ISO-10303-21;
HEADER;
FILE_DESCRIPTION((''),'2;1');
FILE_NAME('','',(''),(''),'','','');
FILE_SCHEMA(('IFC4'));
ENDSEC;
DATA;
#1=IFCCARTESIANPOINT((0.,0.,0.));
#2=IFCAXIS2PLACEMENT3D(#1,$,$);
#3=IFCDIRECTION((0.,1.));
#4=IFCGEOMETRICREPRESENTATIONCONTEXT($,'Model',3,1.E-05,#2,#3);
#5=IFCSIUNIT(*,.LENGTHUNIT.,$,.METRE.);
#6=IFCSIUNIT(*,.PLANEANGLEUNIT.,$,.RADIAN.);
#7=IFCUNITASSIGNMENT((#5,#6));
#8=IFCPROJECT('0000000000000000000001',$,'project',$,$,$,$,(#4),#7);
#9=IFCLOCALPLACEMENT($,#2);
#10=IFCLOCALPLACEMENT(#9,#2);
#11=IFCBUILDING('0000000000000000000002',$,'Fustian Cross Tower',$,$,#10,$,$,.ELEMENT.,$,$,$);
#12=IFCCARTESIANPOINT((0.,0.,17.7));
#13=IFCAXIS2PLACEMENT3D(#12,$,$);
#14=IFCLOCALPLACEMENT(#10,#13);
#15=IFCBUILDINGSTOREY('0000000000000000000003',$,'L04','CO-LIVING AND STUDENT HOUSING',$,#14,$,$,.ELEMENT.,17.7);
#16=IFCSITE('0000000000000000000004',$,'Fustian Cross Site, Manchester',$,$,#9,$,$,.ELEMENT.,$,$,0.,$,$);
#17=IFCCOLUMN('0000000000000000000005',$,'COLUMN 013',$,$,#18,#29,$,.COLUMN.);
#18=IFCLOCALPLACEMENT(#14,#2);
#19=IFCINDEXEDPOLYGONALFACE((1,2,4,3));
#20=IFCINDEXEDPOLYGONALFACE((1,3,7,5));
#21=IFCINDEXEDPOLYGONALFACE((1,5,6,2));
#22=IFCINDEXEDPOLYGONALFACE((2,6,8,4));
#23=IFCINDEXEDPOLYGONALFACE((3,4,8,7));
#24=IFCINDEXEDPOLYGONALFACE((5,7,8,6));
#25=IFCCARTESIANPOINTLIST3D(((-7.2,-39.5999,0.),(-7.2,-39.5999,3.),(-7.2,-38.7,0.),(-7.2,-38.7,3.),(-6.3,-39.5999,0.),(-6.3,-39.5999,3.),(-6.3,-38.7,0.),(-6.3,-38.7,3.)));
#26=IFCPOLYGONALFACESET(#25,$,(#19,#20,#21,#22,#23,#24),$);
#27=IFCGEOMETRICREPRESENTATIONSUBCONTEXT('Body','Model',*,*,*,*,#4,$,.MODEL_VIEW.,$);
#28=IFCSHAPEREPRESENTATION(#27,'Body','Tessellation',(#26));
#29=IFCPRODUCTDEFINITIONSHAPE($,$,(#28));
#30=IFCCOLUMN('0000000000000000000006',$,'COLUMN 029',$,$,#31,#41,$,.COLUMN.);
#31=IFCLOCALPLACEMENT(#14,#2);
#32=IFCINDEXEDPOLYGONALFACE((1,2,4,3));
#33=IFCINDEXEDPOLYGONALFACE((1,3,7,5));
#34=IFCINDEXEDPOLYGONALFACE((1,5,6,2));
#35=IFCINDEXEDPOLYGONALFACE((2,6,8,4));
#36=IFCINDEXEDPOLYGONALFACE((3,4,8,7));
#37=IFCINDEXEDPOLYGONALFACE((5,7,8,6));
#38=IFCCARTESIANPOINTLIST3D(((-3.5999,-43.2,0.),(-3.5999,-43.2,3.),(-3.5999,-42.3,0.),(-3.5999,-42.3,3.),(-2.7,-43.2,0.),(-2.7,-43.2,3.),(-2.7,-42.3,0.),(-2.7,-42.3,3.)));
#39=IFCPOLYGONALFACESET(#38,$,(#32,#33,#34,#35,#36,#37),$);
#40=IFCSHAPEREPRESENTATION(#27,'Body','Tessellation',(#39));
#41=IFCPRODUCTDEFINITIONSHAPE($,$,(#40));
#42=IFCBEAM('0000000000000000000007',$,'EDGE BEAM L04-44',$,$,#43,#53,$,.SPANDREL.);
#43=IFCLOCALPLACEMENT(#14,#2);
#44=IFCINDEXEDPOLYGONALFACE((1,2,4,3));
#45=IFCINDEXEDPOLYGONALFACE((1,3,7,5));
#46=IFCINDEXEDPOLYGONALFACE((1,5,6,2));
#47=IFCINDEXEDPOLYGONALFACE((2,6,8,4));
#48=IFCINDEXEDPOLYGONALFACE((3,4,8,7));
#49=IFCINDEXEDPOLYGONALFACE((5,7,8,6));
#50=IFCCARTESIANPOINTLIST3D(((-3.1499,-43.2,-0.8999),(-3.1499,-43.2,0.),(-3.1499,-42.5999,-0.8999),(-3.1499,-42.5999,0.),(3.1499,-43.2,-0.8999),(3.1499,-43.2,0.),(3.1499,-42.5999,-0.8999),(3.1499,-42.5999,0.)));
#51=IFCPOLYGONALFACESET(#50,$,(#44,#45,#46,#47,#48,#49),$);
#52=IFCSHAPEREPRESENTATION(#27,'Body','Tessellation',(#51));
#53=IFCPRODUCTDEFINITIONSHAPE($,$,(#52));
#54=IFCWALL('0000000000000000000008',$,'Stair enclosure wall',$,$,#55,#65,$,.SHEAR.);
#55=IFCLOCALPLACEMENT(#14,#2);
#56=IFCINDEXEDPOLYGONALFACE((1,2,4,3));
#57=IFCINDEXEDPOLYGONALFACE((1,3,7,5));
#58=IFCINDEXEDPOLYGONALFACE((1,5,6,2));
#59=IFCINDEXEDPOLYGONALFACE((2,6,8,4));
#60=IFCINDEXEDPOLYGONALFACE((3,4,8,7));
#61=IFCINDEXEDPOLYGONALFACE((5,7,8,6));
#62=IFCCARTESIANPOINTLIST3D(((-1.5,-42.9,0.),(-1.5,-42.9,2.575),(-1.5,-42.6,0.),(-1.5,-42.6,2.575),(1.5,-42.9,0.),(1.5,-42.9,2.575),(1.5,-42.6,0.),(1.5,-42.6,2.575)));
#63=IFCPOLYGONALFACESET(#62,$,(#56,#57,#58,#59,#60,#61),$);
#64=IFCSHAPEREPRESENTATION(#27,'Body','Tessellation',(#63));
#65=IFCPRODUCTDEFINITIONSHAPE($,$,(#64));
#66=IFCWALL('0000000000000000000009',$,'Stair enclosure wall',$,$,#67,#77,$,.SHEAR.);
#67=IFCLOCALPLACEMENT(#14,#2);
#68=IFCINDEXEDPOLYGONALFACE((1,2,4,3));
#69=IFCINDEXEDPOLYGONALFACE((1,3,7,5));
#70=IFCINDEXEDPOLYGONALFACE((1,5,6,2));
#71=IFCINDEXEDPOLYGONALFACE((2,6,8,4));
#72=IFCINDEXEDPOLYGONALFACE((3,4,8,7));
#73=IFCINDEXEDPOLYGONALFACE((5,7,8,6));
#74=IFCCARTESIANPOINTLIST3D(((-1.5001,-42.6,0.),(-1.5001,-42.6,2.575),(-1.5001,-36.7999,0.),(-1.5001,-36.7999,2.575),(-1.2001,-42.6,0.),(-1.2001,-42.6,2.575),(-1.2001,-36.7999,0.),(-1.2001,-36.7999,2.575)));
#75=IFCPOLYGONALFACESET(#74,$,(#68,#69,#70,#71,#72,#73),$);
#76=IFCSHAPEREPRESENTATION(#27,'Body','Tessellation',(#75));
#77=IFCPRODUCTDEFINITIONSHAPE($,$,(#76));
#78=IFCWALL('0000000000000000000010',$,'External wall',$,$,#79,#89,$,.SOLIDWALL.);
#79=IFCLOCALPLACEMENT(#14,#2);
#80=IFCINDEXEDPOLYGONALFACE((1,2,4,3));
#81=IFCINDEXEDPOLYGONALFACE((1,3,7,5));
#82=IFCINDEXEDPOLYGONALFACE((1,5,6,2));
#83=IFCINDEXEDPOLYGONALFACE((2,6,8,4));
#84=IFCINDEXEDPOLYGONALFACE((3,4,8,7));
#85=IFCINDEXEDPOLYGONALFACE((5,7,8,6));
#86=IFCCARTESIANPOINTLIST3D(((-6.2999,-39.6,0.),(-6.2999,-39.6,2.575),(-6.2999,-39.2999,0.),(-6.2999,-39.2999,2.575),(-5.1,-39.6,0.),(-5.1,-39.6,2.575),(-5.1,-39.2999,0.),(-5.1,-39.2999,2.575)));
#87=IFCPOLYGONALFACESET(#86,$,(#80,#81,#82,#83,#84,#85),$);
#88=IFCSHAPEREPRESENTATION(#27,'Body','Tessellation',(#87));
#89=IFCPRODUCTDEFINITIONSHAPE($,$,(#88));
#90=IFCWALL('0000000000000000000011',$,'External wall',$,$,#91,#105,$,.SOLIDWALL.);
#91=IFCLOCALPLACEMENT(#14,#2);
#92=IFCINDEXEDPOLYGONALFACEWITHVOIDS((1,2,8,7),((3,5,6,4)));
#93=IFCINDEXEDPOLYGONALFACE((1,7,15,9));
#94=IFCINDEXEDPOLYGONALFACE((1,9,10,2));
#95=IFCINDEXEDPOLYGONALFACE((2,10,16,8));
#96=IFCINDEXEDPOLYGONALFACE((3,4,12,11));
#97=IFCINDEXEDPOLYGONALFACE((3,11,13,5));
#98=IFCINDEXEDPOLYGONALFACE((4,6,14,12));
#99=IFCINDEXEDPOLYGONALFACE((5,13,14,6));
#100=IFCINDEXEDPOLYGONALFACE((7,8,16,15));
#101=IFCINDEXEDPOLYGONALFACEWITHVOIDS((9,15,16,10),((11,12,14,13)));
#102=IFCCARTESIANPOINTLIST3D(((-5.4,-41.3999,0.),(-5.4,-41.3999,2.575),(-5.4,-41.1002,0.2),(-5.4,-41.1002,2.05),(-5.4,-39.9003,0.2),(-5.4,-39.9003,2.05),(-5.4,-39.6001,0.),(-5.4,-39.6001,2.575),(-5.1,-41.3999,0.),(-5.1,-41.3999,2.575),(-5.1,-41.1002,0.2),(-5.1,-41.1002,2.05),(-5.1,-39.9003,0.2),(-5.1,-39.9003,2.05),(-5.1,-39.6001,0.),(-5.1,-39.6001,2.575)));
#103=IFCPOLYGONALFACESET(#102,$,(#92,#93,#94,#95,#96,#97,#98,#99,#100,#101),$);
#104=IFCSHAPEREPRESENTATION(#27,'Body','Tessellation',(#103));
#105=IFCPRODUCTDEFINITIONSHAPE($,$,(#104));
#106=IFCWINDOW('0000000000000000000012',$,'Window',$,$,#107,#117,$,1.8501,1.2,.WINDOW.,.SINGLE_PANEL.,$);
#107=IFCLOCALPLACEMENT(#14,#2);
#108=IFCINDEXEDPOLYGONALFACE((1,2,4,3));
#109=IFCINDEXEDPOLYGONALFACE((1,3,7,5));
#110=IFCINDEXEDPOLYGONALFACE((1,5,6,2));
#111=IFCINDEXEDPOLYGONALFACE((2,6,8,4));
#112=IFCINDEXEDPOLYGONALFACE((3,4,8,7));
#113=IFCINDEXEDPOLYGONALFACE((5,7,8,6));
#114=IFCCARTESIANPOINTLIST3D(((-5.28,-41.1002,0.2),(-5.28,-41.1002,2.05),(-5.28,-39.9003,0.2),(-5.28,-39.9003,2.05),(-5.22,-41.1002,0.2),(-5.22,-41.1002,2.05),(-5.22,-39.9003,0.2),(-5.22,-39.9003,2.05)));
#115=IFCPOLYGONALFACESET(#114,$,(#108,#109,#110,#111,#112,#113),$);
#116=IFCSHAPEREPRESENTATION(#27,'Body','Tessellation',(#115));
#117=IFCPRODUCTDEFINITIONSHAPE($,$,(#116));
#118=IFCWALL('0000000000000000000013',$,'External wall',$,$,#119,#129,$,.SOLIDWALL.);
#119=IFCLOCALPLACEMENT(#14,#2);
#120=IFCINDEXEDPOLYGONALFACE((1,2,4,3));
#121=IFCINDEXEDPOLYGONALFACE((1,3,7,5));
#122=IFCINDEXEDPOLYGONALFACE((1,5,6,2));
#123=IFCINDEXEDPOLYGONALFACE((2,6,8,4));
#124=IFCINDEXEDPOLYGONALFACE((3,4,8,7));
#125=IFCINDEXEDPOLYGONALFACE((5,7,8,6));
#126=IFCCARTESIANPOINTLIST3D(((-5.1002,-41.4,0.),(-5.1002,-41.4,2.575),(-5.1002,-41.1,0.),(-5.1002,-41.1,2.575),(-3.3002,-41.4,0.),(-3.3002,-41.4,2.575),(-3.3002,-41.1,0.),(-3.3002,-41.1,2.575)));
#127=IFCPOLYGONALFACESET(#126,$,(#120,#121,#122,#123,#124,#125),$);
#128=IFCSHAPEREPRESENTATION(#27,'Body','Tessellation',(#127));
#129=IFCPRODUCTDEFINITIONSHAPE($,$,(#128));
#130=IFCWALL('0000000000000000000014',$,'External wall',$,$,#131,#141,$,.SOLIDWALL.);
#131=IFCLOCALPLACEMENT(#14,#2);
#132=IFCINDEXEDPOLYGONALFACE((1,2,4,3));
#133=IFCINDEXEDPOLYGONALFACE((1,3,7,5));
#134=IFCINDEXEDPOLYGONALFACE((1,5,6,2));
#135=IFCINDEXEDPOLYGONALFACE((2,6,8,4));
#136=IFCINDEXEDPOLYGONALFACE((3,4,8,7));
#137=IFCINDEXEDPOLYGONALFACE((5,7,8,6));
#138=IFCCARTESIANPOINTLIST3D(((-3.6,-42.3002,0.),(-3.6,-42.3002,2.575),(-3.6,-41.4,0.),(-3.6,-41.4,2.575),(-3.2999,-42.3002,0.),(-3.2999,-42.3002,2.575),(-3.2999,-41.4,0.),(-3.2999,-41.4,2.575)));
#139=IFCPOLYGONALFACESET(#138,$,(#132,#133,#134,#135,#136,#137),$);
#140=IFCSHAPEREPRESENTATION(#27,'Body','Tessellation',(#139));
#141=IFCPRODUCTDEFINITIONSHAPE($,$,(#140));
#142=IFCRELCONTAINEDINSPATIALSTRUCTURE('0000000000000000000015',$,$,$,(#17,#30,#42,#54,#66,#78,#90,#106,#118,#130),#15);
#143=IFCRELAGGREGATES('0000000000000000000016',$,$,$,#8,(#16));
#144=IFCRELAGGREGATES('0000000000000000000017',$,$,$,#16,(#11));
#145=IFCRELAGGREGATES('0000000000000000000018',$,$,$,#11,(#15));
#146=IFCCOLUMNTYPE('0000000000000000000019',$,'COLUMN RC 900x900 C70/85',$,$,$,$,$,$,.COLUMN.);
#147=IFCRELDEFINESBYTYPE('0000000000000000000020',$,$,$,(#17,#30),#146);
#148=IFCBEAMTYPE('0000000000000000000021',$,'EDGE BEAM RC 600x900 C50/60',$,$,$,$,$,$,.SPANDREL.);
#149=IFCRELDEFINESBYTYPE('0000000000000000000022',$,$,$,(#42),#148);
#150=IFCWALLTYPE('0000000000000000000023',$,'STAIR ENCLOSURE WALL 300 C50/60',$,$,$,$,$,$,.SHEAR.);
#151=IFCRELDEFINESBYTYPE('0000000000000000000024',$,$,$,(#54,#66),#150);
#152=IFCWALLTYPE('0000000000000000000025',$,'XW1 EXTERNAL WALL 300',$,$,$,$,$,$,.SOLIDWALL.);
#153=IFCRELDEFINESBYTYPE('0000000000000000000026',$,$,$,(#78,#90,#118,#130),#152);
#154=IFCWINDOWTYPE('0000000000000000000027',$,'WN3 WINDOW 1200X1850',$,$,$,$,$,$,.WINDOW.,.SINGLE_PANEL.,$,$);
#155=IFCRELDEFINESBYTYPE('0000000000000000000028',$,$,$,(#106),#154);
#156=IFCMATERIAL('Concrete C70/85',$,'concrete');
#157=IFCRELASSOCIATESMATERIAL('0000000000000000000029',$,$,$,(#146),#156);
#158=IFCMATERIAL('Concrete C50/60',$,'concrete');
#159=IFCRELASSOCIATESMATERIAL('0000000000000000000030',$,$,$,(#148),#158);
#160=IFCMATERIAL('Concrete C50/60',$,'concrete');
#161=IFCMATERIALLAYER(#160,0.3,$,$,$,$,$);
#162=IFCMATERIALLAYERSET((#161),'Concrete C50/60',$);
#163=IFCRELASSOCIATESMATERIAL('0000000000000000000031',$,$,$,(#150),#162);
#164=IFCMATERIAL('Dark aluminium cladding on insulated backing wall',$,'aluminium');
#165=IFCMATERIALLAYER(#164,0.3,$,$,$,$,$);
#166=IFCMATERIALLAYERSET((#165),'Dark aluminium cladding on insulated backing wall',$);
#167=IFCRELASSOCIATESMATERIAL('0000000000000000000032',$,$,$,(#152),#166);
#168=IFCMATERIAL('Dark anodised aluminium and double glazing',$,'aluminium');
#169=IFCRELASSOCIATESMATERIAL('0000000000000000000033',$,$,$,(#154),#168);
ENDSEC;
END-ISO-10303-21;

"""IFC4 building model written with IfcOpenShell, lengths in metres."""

from ifc_helpers import new_model, si_unit, direction, frame, frame_2d, origin, origin_2d, place, context, subcontext, project, spatial, rectangle, extrude, material, layer, layer_set, material_profile, profile_set, type_object, element, fill, save


model = new_model("IFC4")

# Units and contexts
model_context = context("Model", 3, precision=1e-05, world=origin(), true_north=direction((0.0, 1.0)))
body_context = subcontext(model_context, "Body", "Model", "MODEL_VIEW")
ifc_project = project(units=[si_unit("LENGTHUNIT", "METRE"), si_unit("PLANEANGLEUNIT", "RADIAN")], contexts=[model_context])

# Site, building, storey
site_placement = place(None, origin())
site = spatial("IfcSite", under=ifc_project, at=site_placement, Name="Fustian Cross Site, Manchester", CompositionType="ELEMENT", RefElevation=0.0)
building_placement = place(site_placement, origin())
building = spatial("IfcBuilding", under=site, at=building_placement, Name="Fustian Cross Tower", CompositionType="ELEMENT")
storey_placement = place(building_placement, frame((0.0, 0.0, 17.7)))
storey = spatial("IfcBuildingStorey", under=building, at=storey_placement, Name="L04", Description="CO-LIVING AND STUDENT HOUSING", CompositionType="ELEMENT", Elevation=17.7)

# Columns
ifc_material_1 = material(Name="Concrete C70/85", Category="concrete")
ifc_material_profile_1 = material_profile(ifc_material_1, rectangle(XDim=0.8999, YDim=0.8999, at=origin_2d()), Name="RC 900x900")
ifc_profile_set_1 = profile_set([ifc_material_profile_1], Name="Concrete C70/85")
column_type = type_object("IfcColumnType", Name="COLUMN RC 900x900 C70/85", PredefinedType="COLUMN", material=ifc_profile_set_1)
for number, where, z_axis, x_axis, name in (
    (1, (-6.75, -39.1499, 0.0), (0.0, 0.0, 1.0), (1.0, 0.0, 0.0), "COLUMN 013"),
    (2, (-3.1499, -42.75, 0.0), (0.0, 0.0, 1.0), (1.0, 0.0, 0.0), "COLUMN 029"),
):
    element("IfcColumn", number, at=place(storey_placement, frame(where, z_axis=z_axis, x_axis=x_axis)), inside=storey, type_object=column_type, Name=name, PredefinedType="COLUMN", context=body_context, shape_type="SweptSolid", body=[
        extrude(rectangle(XDim=0.8999, YDim=0.8999, at=origin_2d()), origin(), (0.0, 0.0, 1.0), 3.0),
    ])

# Beam
ifc_material_2 = material(Name="Concrete C50/60", Category="concrete")
ifc_material_profile_2 = material_profile(ifc_material_2, rectangle(XDim=0.6001, YDim=0.8999, at=origin_2d()), Name="RC 600x900")
ifc_profile_set_2 = profile_set([ifc_material_profile_2], Name="Concrete C50/60")
beam_type = type_object("IfcBeamType", Name="EDGE BEAM RC 600x900 C50/60", PredefinedType="SPANDREL", material=ifc_profile_set_2)
beam_placement = place(storey_placement, frame((-3.1499, -42.8999, -0.45), z_axis=(1.0, 0.0, 0.0), x_axis=(0.0, 1.0, 0.0)))
element("IfcBeam", 3, at=beam_placement, inside=storey, type_object=beam_type, Name="EDGE BEAM L04-44", PredefinedType="SPANDREL", context=body_context, shape_type="SweptSolid", body=[
    extrude(rectangle(XDim=0.6001, YDim=0.8999, at=origin_2d()), origin(), (0.0, 0.0, 1.0), 6.2998),
])

# Walls
ifc_material_3 = material(Name="Concrete C50/60", Category="concrete")
ifc_layer_1 = layer(ifc_material_3, 0.3)
ifc_layer_set_1 = layer_set([ifc_layer_1], Name="Concrete C50/60")
wall_type_1 = type_object("IfcWallType", Name="STAIR ENCLOSURE WALL 300 C50/60", PredefinedType="SHEAR", material=ifc_layer_set_1)
wall_1_placement = place(storey_placement, frame((-1.5, -42.75, 0.0), z_axis=(0.0, 0.0, 1.0), x_axis=(1.0, 0.0, 0.0)))
element("IfcWall", 4, at=wall_1_placement, inside=storey, type_object=wall_type_1, Name="Stair enclosure wall", PredefinedType="SHEAR", context=body_context, shape_type="SweptSolid", body=[
    extrude(rectangle(XDim=3.0, YDim=0.3, at=frame_2d((1.5, 0.0))), origin(), (0.0, 0.0, 1.0), 2.575),
])
wall_2_placement = place(storey_placement, frame((-1.3501, -36.8, 0.0), z_axis=(0.0, 0.0, 1.0), x_axis=(0.0, -1.0, 0.0)))
element("IfcWall", 5, at=wall_2_placement, inside=storey, type_object=wall_type_1, Name="Stair enclosure wall", PredefinedType="SHEAR", context=body_context, shape_type="SweptSolid", body=[
    extrude(rectangle(XDim=5.8, YDim=0.3, at=frame_2d((2.8999, 0.0))), origin(), (0.0, 0.0, 1.0), 2.575),
])
ifc_material_4 = material(Name="Dark aluminium cladding on insulated backing wall", Category="aluminium")
ifc_layer_2 = layer(ifc_material_4, 0.3)
ifc_layer_set_2 = layer_set([ifc_layer_2], Name="Dark aluminium cladding on insulated backing wall")
wall_type_2 = type_object("IfcWallType", Name="XW1 EXTERNAL WALL 300", PredefinedType="SOLIDWALL", material=ifc_layer_set_2)
wall_3_placement = place(storey_placement, frame((-6.3, -39.45, 0.0), z_axis=(0.0, 0.0, 1.0), x_axis=(1.0, 0.0, 0.0)))
element("IfcWall", 6, at=wall_3_placement, inside=storey, type_object=wall_type_2, Name="External wall", PredefinedType="SOLIDWALL", context=body_context, shape_type="SweptSolid", body=[
    extrude(rectangle(XDim=1.2, YDim=0.3, at=frame_2d((0.6001, 0.0))), origin(), (0.0, 0.0, 1.0), 2.575),
])

# Wall, opening, window
wall_4_placement = place(storey_placement, frame((-5.25, -39.6001, 0.0), z_axis=(0.0, 0.0, 1.0), x_axis=(0.0, -1.0, 0.0)))
wall_4 = element("IfcWall", 7, at=wall_4_placement, inside=storey, type_object=wall_type_2, Name="External wall", PredefinedType="SOLIDWALL", context=body_context, shape_type="SweptSolid", body=[
    extrude(rectangle(XDim=1.7998, YDim=0.3, at=frame_2d((0.8999, 0.0))), origin(), (0.0, 0.0, 1.0), 2.575),
])
opening_1_placement = place(wall_4_placement, frame((0.3, 0.0, 0.2)))
opening_1 = element("IfcOpeningElement", 8, at=opening_1_placement, cuts=wall_4, PredefinedType="OPENING", context=body_context, shape_type="SweptSolid", body=[
    extrude(rectangle(XDim=1.2, YDim=1.8501, at=frame_2d((0.6001, 0.925))), frame((0.0, 0.1599, 0.0), z_axis=(0.0, -1.0, 0.0), x_axis=(1.0, 0.0, 0.0)), (0.0, 0.0, 1.0), 0.3201),
])
ifc_material_5 = material(Name="Dark anodised aluminium and double glazing", Category="aluminium")
window_type_1 = type_object("IfcWindowType", Name="WN3 WINDOW 1200X1850", PartitioningType="SINGLE_PANEL", PredefinedType="WINDOW", material=ifc_material_5)
window_1_placement = place(opening_1_placement, origin())
window_1 = element("IfcWindow", 9, at=window_1_placement, inside=storey, type_object=window_type_1, Name="Window", OverallHeight=1.8501, OverallWidth=1.2, PartitioningType="SINGLE_PANEL", PredefinedType="WINDOW", context=body_context, shape_type="SweptSolid", body=[
    extrude(rectangle(XDim=1.2, YDim=1.8501, at=frame_2d((0.6001, 0.925))), frame((0.0, 0.03, 0.0), z_axis=(0.0, -1.0, 0.0), x_axis=(1.0, 0.0, 0.0)), (0.0, 0.0, 1.0), 0.0601),
])
fill(opening_1, window_1)

# Walls
wall_5_placement = place(storey_placement, frame((-5.1001, -41.25, 0.0), z_axis=(0.0, 0.0, 1.0), x_axis=(1.0, 0.0, 0.0)))
element("IfcWall", 10, at=wall_5_placement, inside=storey, type_object=wall_type_2, Name="External wall", PredefinedType="SOLIDWALL", context=body_context, shape_type="SweptSolid", body=[
    extrude(rectangle(XDim=1.8, YDim=0.3, at=frame_2d((0.8999, 0.0))), origin(), (0.0, 0.0, 1.0), 2.575),
])
wall_6_placement = place(storey_placement, frame((-3.45, -41.3999, 0.0), z_axis=(0.0, 0.0, 1.0), x_axis=(0.0, -1.0, 0.0)))
element("IfcWall", 11, at=wall_6_placement, inside=storey, type_object=wall_type_2, Name="External wall", PredefinedType="SOLIDWALL", context=body_context, shape_type="SweptSolid", body=[
    extrude(rectangle(XDim=0.9001, YDim=0.3, at=frame_2d((0.4502, 0.0))), origin(), (0.0, 0.0, 1.0), 2.575),
])

save(model, "model.ifc")
